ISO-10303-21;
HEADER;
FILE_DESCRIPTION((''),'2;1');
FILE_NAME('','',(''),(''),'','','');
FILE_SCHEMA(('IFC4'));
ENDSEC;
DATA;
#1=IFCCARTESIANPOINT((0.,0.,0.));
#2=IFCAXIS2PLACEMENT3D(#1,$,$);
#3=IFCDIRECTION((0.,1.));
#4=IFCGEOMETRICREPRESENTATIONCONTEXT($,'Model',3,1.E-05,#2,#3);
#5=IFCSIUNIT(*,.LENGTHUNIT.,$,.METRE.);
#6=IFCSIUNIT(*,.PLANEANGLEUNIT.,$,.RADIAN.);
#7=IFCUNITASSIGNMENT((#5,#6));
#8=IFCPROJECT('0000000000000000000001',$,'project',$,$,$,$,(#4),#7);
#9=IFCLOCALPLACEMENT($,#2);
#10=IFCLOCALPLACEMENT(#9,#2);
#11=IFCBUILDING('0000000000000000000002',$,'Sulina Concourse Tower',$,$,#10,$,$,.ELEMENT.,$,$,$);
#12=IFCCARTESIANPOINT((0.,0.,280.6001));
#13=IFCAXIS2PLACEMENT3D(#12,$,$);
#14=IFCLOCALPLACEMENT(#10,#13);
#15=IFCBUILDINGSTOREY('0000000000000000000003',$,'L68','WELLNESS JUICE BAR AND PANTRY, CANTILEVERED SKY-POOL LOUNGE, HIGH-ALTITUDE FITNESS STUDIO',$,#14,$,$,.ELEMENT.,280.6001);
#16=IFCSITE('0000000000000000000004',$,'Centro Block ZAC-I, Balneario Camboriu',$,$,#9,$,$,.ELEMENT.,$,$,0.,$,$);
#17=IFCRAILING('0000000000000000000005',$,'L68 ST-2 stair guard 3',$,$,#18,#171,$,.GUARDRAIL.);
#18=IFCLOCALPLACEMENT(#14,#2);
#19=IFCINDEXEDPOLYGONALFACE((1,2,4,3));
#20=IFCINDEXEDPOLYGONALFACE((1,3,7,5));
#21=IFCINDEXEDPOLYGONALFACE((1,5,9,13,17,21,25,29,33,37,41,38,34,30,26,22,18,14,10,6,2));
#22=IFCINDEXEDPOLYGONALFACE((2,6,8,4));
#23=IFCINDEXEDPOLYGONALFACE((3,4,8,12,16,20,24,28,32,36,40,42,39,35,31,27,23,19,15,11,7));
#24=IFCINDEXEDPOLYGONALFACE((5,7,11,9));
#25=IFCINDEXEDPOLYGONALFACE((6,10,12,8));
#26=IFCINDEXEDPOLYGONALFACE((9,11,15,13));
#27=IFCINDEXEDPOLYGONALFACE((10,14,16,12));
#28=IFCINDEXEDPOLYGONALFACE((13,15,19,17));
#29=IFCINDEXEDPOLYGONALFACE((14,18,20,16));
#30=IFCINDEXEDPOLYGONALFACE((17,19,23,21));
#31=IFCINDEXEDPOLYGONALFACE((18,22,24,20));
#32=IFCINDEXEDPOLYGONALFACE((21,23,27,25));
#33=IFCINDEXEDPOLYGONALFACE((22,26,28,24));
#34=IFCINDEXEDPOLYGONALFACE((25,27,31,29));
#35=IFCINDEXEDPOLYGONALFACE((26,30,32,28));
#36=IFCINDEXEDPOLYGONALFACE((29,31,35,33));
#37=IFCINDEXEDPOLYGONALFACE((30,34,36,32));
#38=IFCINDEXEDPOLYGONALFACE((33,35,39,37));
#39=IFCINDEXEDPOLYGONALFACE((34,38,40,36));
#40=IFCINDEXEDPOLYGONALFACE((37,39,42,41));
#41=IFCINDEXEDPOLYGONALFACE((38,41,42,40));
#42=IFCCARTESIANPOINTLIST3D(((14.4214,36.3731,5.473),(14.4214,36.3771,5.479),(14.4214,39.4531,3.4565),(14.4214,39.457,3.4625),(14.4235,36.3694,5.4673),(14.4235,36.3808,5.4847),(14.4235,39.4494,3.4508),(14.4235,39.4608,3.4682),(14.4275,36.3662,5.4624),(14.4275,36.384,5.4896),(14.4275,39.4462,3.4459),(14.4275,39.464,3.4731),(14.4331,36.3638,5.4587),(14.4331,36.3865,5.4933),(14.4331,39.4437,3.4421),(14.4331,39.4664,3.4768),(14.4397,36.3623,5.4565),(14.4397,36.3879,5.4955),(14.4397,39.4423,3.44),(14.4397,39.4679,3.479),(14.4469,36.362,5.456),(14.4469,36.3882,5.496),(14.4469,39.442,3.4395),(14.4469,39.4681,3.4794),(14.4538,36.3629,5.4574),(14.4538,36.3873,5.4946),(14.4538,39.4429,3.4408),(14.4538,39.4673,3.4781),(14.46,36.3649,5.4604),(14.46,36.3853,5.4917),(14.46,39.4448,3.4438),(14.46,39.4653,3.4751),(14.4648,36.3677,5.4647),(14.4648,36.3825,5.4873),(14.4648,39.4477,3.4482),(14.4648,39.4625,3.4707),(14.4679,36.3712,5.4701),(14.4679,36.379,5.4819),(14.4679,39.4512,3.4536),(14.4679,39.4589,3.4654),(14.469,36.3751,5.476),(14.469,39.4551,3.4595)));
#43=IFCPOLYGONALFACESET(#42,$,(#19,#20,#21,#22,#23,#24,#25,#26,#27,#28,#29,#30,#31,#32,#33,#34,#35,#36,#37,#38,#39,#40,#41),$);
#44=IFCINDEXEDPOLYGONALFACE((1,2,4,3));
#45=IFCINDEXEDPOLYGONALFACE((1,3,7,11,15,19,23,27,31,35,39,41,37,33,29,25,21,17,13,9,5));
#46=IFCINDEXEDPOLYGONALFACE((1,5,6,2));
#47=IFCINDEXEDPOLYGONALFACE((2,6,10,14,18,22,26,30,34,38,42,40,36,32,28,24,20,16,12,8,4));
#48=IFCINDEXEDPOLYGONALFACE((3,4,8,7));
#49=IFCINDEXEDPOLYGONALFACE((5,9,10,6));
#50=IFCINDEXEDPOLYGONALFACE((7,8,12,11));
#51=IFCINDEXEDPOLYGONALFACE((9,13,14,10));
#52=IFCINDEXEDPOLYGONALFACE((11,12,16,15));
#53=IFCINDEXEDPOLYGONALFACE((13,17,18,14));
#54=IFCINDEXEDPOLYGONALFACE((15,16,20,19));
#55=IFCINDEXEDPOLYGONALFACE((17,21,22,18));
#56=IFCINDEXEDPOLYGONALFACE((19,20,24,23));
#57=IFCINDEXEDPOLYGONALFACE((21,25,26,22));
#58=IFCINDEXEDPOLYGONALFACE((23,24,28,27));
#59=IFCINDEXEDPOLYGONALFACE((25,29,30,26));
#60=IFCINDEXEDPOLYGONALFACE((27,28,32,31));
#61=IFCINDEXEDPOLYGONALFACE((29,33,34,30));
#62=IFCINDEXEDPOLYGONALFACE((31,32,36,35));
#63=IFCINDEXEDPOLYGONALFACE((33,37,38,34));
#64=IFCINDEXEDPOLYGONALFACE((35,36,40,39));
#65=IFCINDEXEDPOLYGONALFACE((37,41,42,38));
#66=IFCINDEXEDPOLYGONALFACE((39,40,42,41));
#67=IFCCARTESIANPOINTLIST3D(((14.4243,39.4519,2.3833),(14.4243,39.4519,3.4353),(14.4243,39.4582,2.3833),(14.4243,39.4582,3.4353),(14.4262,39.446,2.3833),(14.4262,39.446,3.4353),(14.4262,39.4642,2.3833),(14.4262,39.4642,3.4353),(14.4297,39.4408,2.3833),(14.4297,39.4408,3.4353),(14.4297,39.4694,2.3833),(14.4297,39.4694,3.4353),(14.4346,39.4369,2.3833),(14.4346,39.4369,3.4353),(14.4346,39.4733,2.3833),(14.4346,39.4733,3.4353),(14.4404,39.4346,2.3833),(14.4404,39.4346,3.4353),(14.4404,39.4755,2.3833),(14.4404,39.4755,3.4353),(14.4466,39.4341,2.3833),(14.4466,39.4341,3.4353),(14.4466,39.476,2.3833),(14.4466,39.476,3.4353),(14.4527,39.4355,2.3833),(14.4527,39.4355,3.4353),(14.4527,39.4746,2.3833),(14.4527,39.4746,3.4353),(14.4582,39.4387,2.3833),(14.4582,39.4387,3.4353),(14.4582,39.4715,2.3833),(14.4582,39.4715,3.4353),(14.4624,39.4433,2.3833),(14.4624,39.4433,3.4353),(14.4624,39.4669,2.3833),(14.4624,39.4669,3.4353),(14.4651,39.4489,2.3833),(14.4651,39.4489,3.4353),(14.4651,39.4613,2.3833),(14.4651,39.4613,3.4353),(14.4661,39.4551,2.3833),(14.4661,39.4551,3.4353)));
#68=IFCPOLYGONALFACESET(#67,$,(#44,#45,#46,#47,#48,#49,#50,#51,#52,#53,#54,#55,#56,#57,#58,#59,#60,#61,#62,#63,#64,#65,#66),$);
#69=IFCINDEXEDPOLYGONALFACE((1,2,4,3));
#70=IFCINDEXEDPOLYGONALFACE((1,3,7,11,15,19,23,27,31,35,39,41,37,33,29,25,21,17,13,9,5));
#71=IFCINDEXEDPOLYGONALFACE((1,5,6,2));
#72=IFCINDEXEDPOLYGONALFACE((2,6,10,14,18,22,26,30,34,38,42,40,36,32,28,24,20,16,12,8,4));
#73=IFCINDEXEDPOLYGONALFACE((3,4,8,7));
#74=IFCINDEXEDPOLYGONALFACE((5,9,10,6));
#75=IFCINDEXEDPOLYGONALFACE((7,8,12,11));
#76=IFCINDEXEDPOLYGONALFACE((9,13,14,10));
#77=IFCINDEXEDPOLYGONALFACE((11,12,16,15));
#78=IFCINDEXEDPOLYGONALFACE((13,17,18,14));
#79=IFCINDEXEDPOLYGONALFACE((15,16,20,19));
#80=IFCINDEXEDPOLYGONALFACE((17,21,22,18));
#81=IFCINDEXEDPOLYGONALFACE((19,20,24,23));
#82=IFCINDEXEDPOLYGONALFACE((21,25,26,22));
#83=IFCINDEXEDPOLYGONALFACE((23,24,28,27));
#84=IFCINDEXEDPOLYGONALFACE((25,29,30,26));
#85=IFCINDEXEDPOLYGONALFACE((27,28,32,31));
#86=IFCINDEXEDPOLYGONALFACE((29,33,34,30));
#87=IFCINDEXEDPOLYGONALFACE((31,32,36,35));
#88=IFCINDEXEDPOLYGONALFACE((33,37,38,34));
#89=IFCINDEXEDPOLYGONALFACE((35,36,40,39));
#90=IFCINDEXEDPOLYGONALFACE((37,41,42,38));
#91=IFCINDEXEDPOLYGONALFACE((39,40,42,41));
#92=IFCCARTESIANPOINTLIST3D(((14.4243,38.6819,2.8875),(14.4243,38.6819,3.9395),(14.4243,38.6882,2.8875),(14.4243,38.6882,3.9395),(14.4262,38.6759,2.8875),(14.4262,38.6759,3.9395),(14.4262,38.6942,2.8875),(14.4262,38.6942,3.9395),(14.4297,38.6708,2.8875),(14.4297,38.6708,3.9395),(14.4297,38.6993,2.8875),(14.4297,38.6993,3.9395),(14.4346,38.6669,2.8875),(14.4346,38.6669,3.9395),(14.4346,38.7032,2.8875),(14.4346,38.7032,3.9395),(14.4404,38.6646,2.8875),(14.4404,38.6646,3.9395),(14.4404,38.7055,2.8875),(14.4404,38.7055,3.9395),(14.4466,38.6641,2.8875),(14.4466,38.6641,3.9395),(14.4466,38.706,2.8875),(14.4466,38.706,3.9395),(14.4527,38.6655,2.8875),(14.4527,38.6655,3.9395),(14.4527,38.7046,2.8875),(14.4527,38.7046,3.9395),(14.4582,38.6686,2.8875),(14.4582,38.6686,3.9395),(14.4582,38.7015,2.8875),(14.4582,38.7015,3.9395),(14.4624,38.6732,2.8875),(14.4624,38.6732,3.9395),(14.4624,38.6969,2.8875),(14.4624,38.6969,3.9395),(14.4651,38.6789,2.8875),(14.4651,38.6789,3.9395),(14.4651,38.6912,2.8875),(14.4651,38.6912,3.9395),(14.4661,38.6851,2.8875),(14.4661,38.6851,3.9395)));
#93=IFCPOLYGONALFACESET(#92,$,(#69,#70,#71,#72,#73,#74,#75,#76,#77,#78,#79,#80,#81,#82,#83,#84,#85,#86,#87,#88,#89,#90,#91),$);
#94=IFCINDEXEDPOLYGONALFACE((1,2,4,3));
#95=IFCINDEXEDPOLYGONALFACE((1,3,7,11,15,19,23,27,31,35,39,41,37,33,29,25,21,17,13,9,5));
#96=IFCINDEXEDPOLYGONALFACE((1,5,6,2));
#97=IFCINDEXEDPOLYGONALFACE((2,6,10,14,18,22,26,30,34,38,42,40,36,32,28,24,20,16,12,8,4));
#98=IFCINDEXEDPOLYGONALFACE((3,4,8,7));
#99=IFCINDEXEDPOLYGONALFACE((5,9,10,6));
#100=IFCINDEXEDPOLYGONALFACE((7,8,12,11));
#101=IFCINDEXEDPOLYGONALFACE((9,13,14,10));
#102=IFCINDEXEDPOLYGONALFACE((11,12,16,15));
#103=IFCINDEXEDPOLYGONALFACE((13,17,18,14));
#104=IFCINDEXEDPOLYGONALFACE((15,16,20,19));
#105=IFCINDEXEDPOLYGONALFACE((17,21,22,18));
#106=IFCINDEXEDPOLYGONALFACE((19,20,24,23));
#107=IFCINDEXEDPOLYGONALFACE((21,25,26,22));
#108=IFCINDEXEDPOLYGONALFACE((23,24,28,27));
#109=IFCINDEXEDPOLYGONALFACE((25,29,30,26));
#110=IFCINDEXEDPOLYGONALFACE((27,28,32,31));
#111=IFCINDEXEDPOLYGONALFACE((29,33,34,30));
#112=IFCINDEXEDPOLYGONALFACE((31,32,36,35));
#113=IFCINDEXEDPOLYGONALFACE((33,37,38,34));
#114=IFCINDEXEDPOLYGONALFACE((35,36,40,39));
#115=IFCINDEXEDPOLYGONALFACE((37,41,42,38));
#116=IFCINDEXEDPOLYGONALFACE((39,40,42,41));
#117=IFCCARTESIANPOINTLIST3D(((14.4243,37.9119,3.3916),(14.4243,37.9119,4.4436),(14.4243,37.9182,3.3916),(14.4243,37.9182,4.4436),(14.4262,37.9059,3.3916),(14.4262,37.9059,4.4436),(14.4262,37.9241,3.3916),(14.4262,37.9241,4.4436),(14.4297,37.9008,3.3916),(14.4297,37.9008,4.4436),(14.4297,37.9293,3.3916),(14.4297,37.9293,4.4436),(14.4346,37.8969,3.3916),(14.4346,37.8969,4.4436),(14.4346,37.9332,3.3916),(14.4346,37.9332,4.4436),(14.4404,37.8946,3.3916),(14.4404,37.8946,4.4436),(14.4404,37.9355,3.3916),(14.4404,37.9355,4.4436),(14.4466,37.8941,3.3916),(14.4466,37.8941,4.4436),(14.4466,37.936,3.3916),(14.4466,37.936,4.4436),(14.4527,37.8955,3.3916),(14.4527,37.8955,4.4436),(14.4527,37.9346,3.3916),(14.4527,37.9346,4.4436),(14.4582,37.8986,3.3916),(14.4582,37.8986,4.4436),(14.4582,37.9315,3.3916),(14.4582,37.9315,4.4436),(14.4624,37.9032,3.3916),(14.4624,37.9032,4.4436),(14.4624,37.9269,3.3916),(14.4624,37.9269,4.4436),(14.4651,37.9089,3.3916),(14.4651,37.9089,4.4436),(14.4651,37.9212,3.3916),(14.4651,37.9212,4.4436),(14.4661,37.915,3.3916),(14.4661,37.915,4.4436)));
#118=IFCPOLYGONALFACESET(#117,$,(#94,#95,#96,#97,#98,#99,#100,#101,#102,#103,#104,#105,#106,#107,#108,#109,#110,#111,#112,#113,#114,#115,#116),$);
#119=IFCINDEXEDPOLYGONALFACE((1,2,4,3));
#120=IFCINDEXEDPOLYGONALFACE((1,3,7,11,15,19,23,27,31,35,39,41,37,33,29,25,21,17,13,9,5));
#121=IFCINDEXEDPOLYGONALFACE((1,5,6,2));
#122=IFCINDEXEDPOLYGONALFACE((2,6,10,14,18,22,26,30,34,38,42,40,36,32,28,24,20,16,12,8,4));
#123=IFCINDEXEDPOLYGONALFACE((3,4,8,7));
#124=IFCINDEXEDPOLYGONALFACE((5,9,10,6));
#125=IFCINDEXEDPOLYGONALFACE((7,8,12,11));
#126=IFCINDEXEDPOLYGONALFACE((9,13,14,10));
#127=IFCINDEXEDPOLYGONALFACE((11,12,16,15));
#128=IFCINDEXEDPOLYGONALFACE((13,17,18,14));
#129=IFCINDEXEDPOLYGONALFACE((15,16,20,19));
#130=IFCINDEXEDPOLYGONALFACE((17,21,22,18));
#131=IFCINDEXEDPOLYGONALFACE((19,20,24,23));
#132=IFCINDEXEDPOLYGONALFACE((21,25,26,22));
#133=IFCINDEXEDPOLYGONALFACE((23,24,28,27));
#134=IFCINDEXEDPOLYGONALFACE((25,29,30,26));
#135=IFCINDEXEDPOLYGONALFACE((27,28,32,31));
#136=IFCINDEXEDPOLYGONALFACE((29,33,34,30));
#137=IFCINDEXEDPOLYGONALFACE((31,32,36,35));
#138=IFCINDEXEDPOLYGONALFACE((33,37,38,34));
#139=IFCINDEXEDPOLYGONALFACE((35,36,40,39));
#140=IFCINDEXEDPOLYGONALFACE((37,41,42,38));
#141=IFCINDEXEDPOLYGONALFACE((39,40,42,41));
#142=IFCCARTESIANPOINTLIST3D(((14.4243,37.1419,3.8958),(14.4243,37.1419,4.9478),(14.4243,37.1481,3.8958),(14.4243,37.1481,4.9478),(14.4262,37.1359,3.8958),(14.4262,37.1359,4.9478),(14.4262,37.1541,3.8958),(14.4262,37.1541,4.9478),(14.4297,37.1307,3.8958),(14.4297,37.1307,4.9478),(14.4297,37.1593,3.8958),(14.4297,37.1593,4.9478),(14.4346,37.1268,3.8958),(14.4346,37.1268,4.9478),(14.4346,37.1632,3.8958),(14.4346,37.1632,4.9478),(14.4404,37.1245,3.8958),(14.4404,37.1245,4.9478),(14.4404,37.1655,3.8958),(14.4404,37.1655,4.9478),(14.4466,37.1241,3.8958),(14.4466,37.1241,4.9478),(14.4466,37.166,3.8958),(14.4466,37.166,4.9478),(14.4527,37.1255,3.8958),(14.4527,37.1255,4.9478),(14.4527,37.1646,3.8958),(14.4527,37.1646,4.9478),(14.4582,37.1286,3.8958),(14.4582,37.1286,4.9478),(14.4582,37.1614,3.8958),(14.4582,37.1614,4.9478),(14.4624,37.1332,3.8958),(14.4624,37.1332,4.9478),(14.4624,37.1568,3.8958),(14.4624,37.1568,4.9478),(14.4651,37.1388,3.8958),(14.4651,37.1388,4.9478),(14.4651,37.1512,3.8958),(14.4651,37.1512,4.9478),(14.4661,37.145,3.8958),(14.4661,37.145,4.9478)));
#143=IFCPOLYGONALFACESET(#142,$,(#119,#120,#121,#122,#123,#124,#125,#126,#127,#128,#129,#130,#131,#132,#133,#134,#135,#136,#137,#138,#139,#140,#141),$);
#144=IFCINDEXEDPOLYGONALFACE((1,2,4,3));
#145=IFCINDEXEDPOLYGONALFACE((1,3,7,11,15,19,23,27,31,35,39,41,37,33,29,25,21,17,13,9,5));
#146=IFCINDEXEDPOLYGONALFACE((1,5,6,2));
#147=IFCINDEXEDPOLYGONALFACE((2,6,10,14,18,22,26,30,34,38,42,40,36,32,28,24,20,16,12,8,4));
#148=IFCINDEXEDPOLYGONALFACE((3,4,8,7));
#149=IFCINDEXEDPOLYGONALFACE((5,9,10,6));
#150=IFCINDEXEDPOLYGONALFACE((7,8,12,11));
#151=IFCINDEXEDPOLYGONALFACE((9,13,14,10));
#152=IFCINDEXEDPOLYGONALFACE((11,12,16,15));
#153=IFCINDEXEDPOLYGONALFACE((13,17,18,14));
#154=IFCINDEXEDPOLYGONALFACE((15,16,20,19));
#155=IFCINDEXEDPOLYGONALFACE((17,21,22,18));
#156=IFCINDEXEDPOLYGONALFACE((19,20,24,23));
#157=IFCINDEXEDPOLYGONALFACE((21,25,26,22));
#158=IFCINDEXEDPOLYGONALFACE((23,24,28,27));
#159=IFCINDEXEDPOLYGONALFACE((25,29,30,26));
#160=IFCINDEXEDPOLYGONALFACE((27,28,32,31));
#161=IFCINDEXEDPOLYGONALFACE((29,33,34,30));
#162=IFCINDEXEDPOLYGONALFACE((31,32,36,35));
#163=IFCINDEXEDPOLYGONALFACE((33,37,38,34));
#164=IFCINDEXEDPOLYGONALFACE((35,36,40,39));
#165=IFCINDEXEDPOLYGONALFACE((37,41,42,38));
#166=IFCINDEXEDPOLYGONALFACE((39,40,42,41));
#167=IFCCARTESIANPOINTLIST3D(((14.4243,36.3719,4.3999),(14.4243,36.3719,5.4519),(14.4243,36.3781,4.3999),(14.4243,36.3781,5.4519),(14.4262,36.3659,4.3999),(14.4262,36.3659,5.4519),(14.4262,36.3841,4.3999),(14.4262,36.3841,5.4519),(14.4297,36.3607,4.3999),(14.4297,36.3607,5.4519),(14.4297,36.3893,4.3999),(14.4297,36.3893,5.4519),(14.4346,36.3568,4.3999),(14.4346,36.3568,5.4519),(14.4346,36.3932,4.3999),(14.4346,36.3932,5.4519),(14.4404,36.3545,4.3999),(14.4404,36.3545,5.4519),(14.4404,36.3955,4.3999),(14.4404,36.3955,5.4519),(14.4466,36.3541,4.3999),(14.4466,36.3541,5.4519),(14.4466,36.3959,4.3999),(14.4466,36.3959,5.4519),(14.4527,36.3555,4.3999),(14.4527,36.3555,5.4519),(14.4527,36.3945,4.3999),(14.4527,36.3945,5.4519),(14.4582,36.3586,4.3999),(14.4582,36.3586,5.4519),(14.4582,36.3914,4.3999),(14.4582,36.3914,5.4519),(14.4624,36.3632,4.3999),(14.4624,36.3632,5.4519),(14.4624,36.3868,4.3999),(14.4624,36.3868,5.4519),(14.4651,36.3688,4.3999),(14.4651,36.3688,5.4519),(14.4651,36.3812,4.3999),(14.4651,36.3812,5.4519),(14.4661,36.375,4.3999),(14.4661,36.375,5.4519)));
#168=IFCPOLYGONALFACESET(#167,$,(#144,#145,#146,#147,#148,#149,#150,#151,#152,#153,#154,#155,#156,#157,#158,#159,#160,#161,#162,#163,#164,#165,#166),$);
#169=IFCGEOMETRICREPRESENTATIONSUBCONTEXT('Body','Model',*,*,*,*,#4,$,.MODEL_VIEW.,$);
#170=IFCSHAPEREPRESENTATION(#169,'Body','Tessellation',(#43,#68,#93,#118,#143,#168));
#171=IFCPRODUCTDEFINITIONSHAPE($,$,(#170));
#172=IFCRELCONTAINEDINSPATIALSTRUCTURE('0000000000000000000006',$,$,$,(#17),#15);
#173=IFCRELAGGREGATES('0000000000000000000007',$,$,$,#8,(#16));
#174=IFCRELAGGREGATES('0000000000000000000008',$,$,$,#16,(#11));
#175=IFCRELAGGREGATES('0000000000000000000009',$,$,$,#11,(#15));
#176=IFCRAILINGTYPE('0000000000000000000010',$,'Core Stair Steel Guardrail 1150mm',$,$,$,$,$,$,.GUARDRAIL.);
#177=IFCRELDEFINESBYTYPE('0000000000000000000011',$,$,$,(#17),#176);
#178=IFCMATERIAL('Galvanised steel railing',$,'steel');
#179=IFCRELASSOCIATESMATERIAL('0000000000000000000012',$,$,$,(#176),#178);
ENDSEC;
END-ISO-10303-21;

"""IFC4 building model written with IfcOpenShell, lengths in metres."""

from ifc_helpers import new_model, si_unit, direction, frame, origin, origin_2d, place, context, subcontext, project, spatial, circle, extrude, material, type_object, element, save


model = new_model("IFC4")

# Units and contexts
model_context = context("Model", 3, precision=1e-05, world=origin(), true_north=direction((0.0, 1.0)))
body_context = subcontext(model_context, "Body", "Model", "MODEL_VIEW")
ifc_project = project(units=[si_unit("LENGTHUNIT", "METRE"), si_unit("PLANEANGLEUNIT", "RADIAN")], contexts=[model_context])

# Site, building, storey
site_placement = place(None, origin())
site = spatial("IfcSite", under=ifc_project, at=site_placement, Name="Centro Block ZAC-I, Balneario Camboriu", CompositionType="ELEMENT", RefElevation=0.0)
building_placement = place(site_placement, origin())
building = spatial("IfcBuilding", under=site, at=building_placement, Name="Sulina Concourse Tower", CompositionType="ELEMENT")
storey_placement = place(building_placement, frame((0.0, 0.0, 280.6001)))
storey = spatial("IfcBuildingStorey", under=building, at=storey_placement, Name="L68", Description="WELLNESS JUICE BAR AND PANTRY, CANTILEVERED SKY-POOL LOUNGE, HIGH-ALTITUDE FITNESS STUDIO", CompositionType="ELEMENT", Elevation=280.6001)

# Railing
ifc_material_1 = material(Name="Galvanised steel railing", Category="steel")
railing_type_1 = type_object("IfcRailingType", Name="Core Stair Steel Guardrail 1150mm", PredefinedType="GUARDRAIL", material=ifc_material_1)
railing_1_placement = place(storey_placement, frame((14.4451, 39.4551, 2.3833)))
element("IfcRailing", 1, at=railing_1_placement, inside=storey, type_object=railing_type_1, Name="L68 ST-2 stair guard 3", PredefinedType="GUARDRAIL", context=body_context, shape_type="SweptSolid", body=[
    extrude(circle(Radius=0.0239, at=origin_2d()), frame((0.0, 0.0, 1.0762), z_axis=(0.0, -0.836633, 0.547764), x_axis=(1.0, 0.0, 0.0)), (0.0, 0.0, 1.0), 3.6814),
    extrude(circle(Radius=0.021, at=origin_2d()), origin(), (0.0, 0.0, 1.0), 1.052),
    extrude(circle(Radius=0.021, at=origin_2d()), frame((0.0, -0.77, 0.5042)), (0.0, 0.0, 1.0), 1.052),
    extrude(circle(Radius=0.021, at=origin_2d()), frame((0.0, -1.54, 1.0083)), (0.0, 0.0, 1.0), 1.052),
    extrude(circle(Radius=0.021, at=origin_2d()), frame((0.0, -2.3101, 1.5125)), (0.0, 0.0, 1.0), 1.052),
    extrude(circle(Radius=0.021, at=origin_2d()), frame((0.0, -3.0801, 2.0166)), (0.0, 0.0, 1.0), 1.052),
])

save(model, "model.ifc")
